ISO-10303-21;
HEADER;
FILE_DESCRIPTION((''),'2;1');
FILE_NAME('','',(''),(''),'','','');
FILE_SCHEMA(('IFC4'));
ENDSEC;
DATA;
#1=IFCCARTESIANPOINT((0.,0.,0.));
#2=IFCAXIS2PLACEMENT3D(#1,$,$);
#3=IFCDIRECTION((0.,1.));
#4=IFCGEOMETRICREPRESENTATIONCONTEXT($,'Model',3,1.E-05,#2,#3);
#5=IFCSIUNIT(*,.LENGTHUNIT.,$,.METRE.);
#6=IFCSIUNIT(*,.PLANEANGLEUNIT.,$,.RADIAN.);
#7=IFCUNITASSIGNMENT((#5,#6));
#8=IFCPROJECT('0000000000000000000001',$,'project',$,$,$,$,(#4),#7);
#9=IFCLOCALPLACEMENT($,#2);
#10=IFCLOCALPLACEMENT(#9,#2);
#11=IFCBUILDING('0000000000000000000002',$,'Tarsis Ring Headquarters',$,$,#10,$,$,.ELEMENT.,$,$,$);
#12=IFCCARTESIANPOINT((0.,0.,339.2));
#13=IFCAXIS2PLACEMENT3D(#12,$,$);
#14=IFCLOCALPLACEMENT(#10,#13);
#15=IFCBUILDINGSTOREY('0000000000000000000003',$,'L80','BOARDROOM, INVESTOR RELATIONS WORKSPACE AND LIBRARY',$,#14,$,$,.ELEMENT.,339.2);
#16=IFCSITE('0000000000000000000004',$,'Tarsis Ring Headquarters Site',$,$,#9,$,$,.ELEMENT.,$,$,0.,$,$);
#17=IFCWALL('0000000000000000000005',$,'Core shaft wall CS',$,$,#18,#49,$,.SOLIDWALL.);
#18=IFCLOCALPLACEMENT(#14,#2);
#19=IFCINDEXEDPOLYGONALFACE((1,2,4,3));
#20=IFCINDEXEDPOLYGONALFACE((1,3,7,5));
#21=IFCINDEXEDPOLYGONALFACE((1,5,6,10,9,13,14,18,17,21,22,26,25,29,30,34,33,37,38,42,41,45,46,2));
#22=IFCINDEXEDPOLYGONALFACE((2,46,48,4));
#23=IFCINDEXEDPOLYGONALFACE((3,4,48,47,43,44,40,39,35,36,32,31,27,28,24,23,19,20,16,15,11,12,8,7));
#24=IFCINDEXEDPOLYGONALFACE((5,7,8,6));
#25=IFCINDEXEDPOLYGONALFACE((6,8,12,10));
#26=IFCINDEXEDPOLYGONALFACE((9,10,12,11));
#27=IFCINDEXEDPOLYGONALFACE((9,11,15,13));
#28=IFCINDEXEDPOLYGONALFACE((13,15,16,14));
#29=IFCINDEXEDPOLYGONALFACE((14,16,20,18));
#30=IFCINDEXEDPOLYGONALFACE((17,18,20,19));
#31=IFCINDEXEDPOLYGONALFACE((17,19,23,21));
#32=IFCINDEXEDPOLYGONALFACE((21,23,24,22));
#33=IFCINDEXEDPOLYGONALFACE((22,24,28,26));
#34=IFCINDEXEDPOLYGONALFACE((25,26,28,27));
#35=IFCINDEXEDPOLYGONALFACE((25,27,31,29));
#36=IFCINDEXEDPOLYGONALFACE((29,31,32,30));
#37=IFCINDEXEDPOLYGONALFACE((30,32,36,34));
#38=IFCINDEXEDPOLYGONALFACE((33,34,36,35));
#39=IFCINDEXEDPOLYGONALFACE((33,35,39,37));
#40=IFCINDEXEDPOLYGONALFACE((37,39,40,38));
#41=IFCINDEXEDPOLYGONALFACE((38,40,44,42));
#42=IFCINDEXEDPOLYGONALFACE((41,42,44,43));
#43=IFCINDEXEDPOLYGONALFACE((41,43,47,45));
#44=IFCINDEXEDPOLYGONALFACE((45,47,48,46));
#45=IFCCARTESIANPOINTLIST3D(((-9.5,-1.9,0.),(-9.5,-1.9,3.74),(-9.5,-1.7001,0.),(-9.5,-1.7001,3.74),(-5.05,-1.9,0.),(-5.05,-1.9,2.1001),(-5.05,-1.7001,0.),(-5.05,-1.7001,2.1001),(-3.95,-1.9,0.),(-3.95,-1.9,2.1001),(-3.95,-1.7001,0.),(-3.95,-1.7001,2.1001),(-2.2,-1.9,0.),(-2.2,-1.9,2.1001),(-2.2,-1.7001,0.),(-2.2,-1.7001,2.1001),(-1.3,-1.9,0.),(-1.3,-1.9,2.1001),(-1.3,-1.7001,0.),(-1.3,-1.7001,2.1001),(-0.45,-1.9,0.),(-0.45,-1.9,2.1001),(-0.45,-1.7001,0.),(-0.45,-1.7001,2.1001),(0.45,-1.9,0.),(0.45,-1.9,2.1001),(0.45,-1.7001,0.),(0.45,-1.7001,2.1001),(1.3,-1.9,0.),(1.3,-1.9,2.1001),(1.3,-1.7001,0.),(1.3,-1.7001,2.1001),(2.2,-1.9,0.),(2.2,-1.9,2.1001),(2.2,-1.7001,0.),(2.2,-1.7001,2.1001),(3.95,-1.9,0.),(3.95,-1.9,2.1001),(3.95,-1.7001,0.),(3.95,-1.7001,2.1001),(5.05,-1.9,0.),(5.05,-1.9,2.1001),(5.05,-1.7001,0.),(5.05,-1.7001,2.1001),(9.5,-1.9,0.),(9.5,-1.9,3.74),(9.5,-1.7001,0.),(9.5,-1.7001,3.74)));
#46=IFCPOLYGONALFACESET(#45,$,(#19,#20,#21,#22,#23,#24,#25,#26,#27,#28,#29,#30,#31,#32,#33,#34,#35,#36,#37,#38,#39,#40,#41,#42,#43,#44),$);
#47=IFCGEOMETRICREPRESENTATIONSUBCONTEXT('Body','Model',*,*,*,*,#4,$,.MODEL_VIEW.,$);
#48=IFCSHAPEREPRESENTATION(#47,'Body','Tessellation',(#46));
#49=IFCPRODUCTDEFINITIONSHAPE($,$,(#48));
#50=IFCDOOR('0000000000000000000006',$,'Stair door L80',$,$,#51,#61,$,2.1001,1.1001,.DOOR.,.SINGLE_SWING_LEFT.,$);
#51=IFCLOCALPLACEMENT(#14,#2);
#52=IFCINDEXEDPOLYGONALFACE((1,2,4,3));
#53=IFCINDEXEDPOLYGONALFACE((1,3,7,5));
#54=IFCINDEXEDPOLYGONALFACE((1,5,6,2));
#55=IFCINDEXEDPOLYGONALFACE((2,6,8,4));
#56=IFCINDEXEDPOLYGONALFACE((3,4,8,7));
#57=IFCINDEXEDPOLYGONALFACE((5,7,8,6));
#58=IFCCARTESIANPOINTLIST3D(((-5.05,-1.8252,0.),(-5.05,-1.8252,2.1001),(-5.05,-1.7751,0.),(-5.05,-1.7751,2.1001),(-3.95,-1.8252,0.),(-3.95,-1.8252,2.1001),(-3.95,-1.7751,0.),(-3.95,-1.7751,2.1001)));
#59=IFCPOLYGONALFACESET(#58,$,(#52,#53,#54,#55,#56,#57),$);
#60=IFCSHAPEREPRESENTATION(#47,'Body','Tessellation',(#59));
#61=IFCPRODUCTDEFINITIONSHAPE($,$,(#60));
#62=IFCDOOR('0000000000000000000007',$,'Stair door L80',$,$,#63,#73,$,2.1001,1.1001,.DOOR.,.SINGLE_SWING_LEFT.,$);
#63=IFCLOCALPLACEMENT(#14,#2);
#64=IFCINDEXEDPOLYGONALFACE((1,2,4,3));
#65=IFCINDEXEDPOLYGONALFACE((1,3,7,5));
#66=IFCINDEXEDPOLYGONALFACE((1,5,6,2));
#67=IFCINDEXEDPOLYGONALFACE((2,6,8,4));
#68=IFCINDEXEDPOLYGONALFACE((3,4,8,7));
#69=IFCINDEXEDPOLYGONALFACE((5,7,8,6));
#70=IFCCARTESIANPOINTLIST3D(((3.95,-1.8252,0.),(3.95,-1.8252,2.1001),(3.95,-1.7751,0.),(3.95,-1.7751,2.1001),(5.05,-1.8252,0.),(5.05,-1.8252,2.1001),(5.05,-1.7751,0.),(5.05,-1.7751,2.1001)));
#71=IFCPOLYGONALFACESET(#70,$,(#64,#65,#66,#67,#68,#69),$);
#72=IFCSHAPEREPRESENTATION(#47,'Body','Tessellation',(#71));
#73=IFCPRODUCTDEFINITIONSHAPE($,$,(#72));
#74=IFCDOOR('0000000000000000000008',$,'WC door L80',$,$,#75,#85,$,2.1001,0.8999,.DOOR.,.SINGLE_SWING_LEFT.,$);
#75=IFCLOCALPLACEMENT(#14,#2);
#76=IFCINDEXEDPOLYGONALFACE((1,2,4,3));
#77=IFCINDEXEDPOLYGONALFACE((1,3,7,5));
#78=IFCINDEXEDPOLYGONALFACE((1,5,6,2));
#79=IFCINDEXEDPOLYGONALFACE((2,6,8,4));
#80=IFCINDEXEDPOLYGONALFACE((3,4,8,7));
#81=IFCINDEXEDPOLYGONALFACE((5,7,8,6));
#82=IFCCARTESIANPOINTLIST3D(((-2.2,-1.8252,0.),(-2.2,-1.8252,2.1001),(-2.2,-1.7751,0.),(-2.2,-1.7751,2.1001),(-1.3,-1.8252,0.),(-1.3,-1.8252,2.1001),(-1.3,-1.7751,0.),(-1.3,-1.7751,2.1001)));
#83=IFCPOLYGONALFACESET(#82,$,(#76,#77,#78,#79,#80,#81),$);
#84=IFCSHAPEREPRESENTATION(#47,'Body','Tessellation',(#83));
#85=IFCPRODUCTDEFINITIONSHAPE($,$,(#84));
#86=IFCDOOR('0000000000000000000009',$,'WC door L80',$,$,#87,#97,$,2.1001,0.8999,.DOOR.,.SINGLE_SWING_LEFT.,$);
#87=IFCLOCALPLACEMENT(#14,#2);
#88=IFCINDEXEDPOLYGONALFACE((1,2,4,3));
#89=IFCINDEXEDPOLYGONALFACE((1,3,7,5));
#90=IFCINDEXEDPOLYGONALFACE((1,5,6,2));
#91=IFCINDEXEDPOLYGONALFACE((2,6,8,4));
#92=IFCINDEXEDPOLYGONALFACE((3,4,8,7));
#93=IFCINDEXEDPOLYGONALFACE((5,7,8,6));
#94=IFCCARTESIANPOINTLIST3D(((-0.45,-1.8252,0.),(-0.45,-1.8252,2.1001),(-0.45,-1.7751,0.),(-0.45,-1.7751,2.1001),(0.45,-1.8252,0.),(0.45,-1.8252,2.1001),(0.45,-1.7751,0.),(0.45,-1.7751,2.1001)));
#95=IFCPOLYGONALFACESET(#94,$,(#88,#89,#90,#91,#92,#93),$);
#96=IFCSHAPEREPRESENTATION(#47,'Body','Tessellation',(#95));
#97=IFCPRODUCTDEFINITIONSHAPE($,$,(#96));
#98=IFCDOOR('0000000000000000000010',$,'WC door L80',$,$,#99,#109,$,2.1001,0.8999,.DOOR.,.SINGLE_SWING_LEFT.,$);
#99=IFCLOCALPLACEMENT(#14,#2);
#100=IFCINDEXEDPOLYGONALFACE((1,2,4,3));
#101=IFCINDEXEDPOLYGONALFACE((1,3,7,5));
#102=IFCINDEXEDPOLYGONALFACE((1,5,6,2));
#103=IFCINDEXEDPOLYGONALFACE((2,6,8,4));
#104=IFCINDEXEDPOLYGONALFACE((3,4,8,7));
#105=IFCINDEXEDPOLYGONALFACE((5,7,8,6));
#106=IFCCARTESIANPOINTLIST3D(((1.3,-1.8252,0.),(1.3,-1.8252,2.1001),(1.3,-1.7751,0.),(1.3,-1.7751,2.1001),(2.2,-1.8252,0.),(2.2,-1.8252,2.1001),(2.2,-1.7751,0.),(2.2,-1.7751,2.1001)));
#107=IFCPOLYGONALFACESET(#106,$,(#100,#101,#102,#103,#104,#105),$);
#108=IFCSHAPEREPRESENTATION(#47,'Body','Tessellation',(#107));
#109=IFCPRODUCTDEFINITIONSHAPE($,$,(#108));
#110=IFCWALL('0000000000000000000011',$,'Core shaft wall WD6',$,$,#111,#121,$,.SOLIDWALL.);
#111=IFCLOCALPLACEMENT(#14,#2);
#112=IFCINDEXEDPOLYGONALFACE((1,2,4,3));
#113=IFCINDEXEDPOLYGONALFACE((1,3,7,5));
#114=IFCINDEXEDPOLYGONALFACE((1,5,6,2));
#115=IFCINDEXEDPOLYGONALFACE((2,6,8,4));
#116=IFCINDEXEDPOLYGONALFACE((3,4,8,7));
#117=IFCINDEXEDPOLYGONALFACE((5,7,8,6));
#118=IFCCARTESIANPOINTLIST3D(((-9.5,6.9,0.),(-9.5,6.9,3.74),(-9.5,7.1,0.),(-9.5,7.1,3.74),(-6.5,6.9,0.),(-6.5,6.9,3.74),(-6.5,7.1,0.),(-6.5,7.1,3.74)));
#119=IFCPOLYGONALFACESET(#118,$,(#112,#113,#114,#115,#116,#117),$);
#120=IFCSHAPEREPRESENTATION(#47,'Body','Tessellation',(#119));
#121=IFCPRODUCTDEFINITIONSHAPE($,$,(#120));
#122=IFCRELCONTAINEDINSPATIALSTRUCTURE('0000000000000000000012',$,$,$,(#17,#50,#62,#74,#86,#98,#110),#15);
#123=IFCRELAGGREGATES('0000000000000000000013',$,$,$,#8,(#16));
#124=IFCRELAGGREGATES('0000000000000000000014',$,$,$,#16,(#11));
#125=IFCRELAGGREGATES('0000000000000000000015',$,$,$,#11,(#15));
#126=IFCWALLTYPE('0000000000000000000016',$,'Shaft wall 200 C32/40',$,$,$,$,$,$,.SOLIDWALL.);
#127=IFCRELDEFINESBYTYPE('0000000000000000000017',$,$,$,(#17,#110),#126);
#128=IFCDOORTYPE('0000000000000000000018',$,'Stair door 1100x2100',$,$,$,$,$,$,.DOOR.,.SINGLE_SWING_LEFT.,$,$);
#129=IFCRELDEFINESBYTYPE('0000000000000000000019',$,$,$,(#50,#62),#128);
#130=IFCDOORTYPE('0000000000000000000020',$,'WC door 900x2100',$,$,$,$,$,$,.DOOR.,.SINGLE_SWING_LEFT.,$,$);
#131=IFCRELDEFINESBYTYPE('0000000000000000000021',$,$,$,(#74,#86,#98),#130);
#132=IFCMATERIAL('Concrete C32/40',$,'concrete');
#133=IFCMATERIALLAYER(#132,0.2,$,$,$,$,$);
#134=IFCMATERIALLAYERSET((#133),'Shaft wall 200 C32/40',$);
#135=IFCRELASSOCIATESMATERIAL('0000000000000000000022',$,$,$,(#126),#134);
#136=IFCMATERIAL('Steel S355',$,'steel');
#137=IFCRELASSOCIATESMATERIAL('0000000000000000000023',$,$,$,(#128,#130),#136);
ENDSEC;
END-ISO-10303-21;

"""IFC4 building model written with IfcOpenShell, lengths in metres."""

from ifc_helpers import new_model, si_unit, direction, frame, frame_2d, origin, place, context, subcontext, project, spatial, rectangle, extrude, material, layer, layer_set, type_object, element, fill, save


model = new_model("IFC4")

# Units and contexts
model_context = context("Model", 3, precision=1e-05, world=origin(), true_north=direction((0.0, 1.0)))
body_context = subcontext(model_context, "Body", "Model", "MODEL_VIEW")
ifc_project = project(units=[si_unit("LENGTHUNIT", "METRE"), si_unit("PLANEANGLEUNIT", "RADIAN")], contexts=[model_context])

# Site, building, storey
site_placement = place(None, origin())
site = spatial("IfcSite", under=ifc_project, at=site_placement, Name="Tarsis Ring Headquarters Site", CompositionType="ELEMENT", RefElevation=0.0)
building_placement = place(site_placement, origin())
building = spatial("IfcBuilding", under=site, at=building_placement, Name="Tarsis Ring Headquarters", CompositionType="ELEMENT")
storey_placement = place(building_placement, frame((0.0, 0.0, 339.2)))
storey = spatial("IfcBuildingStorey", under=building, at=storey_placement, Name="L80", Description="BOARDROOM, INVESTOR RELATIONS WORKSPACE AND LIBRARY", CompositionType="ELEMENT", Elevation=339.2)

# Shared definitions
ifc_material_1 = material(Name="Steel S355", Category="steel")

# Wall, openings, doors
ifc_material_2 = material(Name="Concrete C32/40", Category="concrete")
ifc_layer_1 = layer(ifc_material_2, 0.2)
ifc_layer_set_1 = layer_set([ifc_layer_1], Name="Shaft wall 200 C32/40")
wall_type_1 = type_object("IfcWallType", Name="Shaft wall 200 C32/40", PredefinedType="SOLIDWALL", material=ifc_layer_set_1)
door_type_1 = type_object("IfcDoorType", Name="Stair door 1100x2100", OperationType="SINGLE_SWING_LEFT", PredefinedType="DOOR", material=ifc_material_1)
wall_1_placement = place(storey_placement, frame((-9.5, -1.8, 0.0), z_axis=(0.0, 0.0, 1.0), x_axis=(1.0, 0.0, 0.0)))
wall_1 = element("IfcWall", 1, at=wall_1_placement, inside=storey, type_object=wall_type_1, Name="Core shaft wall CS", PredefinedType="SOLIDWALL", context=body_context, shape_type="SweptSolid", body=[
    extrude(rectangle(XDim=19.0, YDim=0.2, at=frame_2d((9.5, 0.0))), origin(), (0.0, 0.0, 1.0), 3.74),
])
opening_1_placement = place(wall_1_placement, frame((4.45, 0.0, 0.0)))
opening_1 = element("IfcOpeningElement", 2, at=opening_1_placement, cuts=wall_1, PredefinedType="OPENING", context=body_context, shape_type="SweptSolid", body=[
    extrude(rectangle(XDim=1.1001, YDim=2.1001, at=frame_2d((0.55, 1.05))), frame((0.0, 0.1099, 0.0), z_axis=(0.0, -1.0, 0.0), x_axis=(1.0, 0.0, 0.0)), (0.0, 0.0, 1.0), 0.22),
])
opening_2_placement = place(wall_1_placement, frame((7.3, 0.0, 0.0)))
opening_2 = element("IfcOpeningElement", 3, at=opening_2_placement, cuts=wall_1, PredefinedType="OPENING", context=body_context, shape_type="SweptSolid", body=[
    extrude(rectangle(XDim=0.8999, YDim=2.1001, at=frame_2d((0.45, 1.05))), frame((0.0, 0.1099, 0.0), z_axis=(0.0, -1.0, 0.0), x_axis=(1.0, 0.0, 0.0)), (0.0, 0.0, 1.0), 0.22),
])
opening_3_placement = place(wall_1_placement, frame((9.05, 0.0, 0.0)))
opening_3 = element("IfcOpeningElement", 4, at=opening_3_placement, cuts=wall_1, PredefinedType="OPENING", context=body_context, shape_type="SweptSolid", body=[
    extrude(rectangle(XDim=0.8999, YDim=2.1001, at=frame_2d((0.45, 1.05))), frame((0.0, 0.1099, 0.0), z_axis=(0.0, -1.0, 0.0), x_axis=(1.0, 0.0, 0.0)), (0.0, 0.0, 1.0), 0.22),
])
opening_4_placement = place(wall_1_placement, frame((10.8, 0.0, 0.0)))
opening_4 = element("IfcOpeningElement", 5, at=opening_4_placement, cuts=wall_1, PredefinedType="OPENING", context=body_context, shape_type="SweptSolid", body=[
    extrude(rectangle(XDim=0.8999, YDim=2.1001, at=frame_2d((0.45, 1.05))), frame((0.0, 0.1099, 0.0), z_axis=(0.0, -1.0, 0.0), x_axis=(1.0, 0.0, 0.0)), (0.0, 0.0, 1.0), 0.22),
])
opening_5_placement = place(wall_1_placement, frame((13.45, 0.0, 0.0)))
opening_5 = element("IfcOpeningElement", 6, at=opening_5_placement, cuts=wall_1, PredefinedType="OPENING", context=body_context, shape_type="SweptSolid", body=[
    extrude(rectangle(XDim=1.1001, YDim=2.1001, at=frame_2d((0.55, 1.05))), frame((0.0, 0.1099, 0.0), z_axis=(0.0, -1.0, 0.0), x_axis=(1.0, 0.0, 0.0)), (0.0, 0.0, 1.0), 0.22),
])
door_1_placement = place(opening_1_placement, origin())
door_1 = element("IfcDoor", 7, at=door_1_placement, inside=storey, type_object=door_type_1, Name="Stair door L80", OperationType="SINGLE_SWING_LEFT", OverallHeight=2.1001, OverallWidth=1.1001, PredefinedType="DOOR", context=body_context, shape_type="SweptSolid", body=[
    extrude(rectangle(XDim=1.1001, YDim=2.1001, at=frame_2d((0.55, 1.05))), frame((0.0, 0.0249, 0.0), z_axis=(0.0, -1.0, 0.0), x_axis=(1.0, 0.0, 0.0)), (0.0, 0.0, 1.0), 0.05),
])
fill(opening_1, door_1)
door_2_placement = place(opening_5_placement, origin())
door_2 = element("IfcDoor", 8, at=door_2_placement, inside=storey, type_object=door_type_1, Name="Stair door L80", OperationType="SINGLE_SWING_LEFT", OverallHeight=2.1001, OverallWidth=1.1001, PredefinedType="DOOR", context=body_context, shape_type="SweptSolid", body=[
    extrude(rectangle(XDim=1.1001, YDim=2.1001, at=frame_2d((0.55, 1.05))), frame((0.0, 0.0249, 0.0), z_axis=(0.0, -1.0, 0.0), x_axis=(1.0, 0.0, 0.0)), (0.0, 0.0, 1.0), 0.05),
])
fill(opening_5, door_2)
door_type_2 = type_object("IfcDoorType", Name="WC door 900x2100", OperationType="SINGLE_SWING_LEFT", PredefinedType="DOOR", material=ifc_material_1)
door_3_placement = place(opening_2_placement, origin())
door_3 = element("IfcDoor", 9, at=door_3_placement, inside=storey, type_object=door_type_2, Name="WC door L80", OperationType="SINGLE_SWING_LEFT", OverallHeight=2.1001, OverallWidth=0.8999, PredefinedType="DOOR", context=body_context, shape_type="SweptSolid", body=[
    extrude(rectangle(XDim=0.8999, YDim=2.1001, at=frame_2d((0.45, 1.05))), frame((0.0, 0.0249, 0.0), z_axis=(0.0, -1.0, 0.0), x_axis=(1.0, 0.0, 0.0)), (0.0, 0.0, 1.0), 0.05),
])
fill(opening_2, door_3)
door_4_placement = place(opening_3_placement, origin())
door_4 = element("IfcDoor", 10, at=door_4_placement, inside=storey, type_object=door_type_2, Name="WC door L80", OperationType="SINGLE_SWING_LEFT", OverallHeight=2.1001, OverallWidth=0.8999, PredefinedType="DOOR", context=body_context, shape_type="SweptSolid", body=[
    extrude(rectangle(XDim=0.8999, YDim=2.1001, at=frame_2d((0.45, 1.05))), frame((0.0, 0.0249, 0.0), z_axis=(0.0, -1.0, 0.0), x_axis=(1.0, 0.0, 0.0)), (0.0, 0.0, 1.0), 0.05),
])
fill(opening_3, door_4)
door_5_placement = place(opening_4_placement, origin())
door_5 = element("IfcDoor", 11, at=door_5_placement, inside=storey, type_object=door_type_2, Name="WC door L80", OperationType="SINGLE_SWING_LEFT", OverallHeight=2.1001, OverallWidth=0.8999, PredefinedType="DOOR", context=body_context, shape_type="SweptSolid", body=[
    extrude(rectangle(XDim=0.8999, YDim=2.1001, at=frame_2d((0.45, 1.05))), frame((0.0, 0.0249, 0.0), z_axis=(0.0, -1.0, 0.0), x_axis=(1.0, 0.0, 0.0)), (0.0, 0.0, 1.0), 0.05),
])
fill(opening_4, door_5)

# Wall
wall_2_placement = place(storey_placement, frame((-9.5, 7.0, 0.0), z_axis=(0.0, 0.0, 1.0), x_axis=(1.0, 0.0, 0.0)))
element("IfcWall", 12, at=wall_2_placement, inside=storey, type_object=wall_type_1, Name="Core shaft wall WD6", PredefinedType="SOLIDWALL", context=body_context, shape_type="SweptSolid", body=[
    extrude(rectangle(XDim=3.0, YDim=0.2, at=frame_2d((1.5, 0.0))), origin(), (0.0, 0.0, 1.0), 3.74),
])

save(model, "model.ifc")
